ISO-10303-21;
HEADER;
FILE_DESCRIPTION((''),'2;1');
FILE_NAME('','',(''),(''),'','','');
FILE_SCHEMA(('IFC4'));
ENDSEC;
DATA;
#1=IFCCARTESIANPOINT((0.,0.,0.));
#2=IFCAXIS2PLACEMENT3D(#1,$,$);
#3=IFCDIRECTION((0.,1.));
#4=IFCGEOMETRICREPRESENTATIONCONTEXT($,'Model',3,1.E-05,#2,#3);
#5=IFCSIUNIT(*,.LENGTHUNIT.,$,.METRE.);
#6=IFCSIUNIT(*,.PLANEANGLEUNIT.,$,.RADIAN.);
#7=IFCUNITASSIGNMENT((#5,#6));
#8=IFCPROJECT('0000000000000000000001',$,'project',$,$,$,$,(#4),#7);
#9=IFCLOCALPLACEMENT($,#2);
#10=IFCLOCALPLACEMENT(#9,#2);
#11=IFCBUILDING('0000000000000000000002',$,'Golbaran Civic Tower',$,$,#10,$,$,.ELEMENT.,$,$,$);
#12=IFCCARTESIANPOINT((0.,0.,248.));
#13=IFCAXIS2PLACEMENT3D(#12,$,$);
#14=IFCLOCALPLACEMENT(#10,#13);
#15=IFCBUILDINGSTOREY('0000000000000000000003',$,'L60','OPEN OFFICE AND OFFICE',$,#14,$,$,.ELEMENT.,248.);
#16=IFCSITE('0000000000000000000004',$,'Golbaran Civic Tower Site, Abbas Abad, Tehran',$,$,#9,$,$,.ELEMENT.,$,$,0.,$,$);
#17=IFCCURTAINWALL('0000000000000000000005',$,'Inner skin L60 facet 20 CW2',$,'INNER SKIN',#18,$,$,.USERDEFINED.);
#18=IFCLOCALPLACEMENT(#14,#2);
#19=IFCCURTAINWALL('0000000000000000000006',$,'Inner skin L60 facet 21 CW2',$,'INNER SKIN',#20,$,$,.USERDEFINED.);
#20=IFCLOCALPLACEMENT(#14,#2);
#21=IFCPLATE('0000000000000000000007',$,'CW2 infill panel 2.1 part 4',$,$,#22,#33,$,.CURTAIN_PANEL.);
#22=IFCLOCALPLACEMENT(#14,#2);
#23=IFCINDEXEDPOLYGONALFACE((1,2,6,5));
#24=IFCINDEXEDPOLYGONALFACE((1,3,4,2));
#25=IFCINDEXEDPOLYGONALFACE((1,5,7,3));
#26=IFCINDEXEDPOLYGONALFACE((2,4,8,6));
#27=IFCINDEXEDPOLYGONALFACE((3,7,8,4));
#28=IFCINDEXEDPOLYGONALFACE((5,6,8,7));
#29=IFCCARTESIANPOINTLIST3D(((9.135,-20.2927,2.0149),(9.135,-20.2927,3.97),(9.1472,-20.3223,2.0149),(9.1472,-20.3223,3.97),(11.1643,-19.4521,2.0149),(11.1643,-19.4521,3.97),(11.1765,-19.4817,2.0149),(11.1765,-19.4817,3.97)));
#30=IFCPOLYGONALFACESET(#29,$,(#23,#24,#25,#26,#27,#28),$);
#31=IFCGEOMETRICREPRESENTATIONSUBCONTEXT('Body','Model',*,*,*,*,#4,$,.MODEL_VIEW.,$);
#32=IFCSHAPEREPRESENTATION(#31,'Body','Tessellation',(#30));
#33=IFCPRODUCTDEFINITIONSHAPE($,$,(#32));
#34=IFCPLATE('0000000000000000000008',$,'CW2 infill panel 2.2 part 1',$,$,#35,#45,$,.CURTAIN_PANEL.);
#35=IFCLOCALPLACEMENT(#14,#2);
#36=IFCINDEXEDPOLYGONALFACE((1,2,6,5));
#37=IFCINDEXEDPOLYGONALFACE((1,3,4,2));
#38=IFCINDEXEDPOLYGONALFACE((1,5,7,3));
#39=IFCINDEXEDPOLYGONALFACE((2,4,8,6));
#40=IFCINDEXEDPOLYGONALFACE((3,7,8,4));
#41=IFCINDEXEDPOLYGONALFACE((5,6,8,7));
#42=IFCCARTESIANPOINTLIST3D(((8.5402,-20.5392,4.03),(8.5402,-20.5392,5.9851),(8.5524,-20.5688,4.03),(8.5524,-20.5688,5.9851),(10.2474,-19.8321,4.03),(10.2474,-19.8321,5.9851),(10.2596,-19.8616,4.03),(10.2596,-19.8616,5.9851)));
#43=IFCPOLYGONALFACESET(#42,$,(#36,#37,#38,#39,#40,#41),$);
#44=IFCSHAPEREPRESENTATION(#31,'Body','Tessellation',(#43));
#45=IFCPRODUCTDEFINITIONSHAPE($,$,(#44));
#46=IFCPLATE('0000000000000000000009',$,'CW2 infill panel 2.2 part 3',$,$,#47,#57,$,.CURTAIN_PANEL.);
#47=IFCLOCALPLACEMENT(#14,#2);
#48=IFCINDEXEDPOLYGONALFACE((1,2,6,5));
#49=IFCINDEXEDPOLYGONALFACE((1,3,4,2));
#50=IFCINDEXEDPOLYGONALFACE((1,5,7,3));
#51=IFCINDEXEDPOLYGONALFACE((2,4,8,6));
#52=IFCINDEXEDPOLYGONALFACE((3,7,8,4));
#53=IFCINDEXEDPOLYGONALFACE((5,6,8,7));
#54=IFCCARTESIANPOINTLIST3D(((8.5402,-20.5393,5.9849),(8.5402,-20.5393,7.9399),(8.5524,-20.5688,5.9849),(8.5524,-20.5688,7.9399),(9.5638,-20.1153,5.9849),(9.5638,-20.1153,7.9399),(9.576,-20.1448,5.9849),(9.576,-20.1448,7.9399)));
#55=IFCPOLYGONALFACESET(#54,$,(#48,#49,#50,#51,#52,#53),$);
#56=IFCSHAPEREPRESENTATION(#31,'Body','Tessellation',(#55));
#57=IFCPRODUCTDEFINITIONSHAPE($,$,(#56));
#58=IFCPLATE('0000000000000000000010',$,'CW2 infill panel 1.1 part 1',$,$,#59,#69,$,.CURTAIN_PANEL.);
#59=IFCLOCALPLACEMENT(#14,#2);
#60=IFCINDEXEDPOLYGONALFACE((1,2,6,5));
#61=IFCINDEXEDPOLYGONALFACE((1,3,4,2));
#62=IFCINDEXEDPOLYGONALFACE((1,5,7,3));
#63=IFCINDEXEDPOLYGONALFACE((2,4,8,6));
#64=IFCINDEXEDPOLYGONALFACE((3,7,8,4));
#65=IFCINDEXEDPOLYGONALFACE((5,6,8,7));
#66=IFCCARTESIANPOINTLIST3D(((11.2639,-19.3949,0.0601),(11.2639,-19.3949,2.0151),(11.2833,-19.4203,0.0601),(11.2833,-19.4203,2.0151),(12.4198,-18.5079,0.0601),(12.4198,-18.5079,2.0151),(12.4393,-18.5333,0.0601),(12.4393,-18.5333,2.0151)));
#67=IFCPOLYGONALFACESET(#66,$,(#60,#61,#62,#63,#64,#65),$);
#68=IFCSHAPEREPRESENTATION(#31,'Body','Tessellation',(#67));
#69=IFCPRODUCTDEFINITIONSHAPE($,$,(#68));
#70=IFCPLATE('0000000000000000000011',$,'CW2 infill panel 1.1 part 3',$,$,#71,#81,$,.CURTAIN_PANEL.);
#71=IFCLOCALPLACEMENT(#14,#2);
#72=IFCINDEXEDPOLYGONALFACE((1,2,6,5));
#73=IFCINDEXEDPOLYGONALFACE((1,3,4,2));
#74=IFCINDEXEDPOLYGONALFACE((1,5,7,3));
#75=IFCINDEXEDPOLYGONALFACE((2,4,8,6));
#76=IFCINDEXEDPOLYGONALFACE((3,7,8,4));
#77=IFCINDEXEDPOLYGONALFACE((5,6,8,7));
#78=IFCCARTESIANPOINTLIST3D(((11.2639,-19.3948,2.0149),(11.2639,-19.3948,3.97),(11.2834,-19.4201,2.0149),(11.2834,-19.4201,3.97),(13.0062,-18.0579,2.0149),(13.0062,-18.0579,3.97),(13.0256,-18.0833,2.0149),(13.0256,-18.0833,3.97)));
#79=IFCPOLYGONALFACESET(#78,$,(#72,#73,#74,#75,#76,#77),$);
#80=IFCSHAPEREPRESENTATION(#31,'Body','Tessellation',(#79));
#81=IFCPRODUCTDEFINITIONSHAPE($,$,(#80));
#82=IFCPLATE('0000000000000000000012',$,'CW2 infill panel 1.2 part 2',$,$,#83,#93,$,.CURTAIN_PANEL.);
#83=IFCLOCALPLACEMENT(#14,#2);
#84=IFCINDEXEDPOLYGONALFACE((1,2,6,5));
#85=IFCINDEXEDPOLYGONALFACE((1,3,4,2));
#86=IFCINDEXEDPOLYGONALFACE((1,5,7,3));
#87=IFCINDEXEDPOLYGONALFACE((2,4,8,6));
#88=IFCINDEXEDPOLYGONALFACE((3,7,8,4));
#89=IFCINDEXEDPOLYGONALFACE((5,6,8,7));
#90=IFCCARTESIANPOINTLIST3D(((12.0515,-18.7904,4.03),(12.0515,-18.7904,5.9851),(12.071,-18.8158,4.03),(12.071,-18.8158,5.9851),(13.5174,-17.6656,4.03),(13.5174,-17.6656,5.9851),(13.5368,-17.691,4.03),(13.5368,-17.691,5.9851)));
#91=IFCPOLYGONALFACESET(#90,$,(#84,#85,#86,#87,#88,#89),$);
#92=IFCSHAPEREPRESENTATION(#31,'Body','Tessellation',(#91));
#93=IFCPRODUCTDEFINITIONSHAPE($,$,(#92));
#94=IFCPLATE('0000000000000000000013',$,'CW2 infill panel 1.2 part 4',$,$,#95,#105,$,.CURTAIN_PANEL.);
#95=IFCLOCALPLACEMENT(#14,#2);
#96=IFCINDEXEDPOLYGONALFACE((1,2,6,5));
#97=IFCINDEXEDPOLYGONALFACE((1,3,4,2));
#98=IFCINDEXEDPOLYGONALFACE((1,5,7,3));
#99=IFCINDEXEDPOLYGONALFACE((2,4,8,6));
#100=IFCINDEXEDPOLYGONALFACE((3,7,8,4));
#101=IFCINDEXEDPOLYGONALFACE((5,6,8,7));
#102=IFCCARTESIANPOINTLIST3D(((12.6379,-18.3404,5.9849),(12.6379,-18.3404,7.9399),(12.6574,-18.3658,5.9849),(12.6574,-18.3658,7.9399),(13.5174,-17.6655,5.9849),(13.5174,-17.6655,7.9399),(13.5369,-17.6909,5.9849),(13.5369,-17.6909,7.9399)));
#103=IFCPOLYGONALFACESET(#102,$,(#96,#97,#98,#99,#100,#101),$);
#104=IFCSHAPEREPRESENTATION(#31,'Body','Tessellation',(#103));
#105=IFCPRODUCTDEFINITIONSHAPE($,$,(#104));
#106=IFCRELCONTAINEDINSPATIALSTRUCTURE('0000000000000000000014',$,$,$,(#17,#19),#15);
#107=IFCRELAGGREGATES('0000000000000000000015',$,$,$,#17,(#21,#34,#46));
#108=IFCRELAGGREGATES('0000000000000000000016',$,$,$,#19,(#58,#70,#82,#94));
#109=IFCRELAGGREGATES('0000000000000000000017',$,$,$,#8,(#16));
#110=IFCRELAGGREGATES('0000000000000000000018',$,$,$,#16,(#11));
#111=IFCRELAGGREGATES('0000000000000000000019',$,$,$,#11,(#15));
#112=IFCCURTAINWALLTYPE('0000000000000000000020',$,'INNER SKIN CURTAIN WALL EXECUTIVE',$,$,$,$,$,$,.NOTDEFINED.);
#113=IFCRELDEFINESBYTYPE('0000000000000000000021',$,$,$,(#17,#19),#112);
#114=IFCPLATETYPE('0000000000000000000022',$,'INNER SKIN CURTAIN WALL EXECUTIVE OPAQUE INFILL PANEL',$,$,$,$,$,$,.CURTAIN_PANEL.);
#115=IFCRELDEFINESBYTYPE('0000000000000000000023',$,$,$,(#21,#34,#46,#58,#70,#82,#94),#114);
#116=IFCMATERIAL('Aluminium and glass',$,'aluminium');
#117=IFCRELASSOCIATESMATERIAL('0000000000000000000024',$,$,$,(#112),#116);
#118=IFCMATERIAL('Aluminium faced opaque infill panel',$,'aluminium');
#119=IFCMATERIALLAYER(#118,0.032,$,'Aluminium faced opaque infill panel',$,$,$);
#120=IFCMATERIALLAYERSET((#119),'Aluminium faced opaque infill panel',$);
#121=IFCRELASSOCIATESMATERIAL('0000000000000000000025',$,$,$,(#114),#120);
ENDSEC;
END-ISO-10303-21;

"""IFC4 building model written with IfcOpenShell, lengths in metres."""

from ifc_helpers import new_model, si_unit, direction, frame, origin, origin_2d, place, context, subcontext, project, spatial, rectangle, extrude, material, layer, layer_set, type_object, element, aggregate, save


model = new_model("IFC4")

# Units and contexts
model_context = context("Model", 3, precision=1e-05, world=origin(), true_north=direction((0.0, 1.0)))
body_context = subcontext(model_context, "Body", "Model", "MODEL_VIEW")
ifc_project = project(units=[si_unit("LENGTHUNIT", "METRE"), si_unit("PLANEANGLEUNIT", "RADIAN")], contexts=[model_context])

# Site, building, storey
site_placement = place(None, origin())
site = spatial("IfcSite", under=ifc_project, at=site_placement, Name="Golbaran Civic Tower Site, Abbas Abad, Tehran", CompositionType="ELEMENT", RefElevation=0.0)
building_placement = place(site_placement, origin())
building = spatial("IfcBuilding", under=site, at=building_placement, Name="Golbaran Civic Tower", CompositionType="ELEMENT")
storey_placement = place(building_placement, frame((0.0, 0.0, 248.0)))
storey = spatial("IfcBuildingStorey", under=building, at=storey_placement, Name="L60", Description="OPEN OFFICE AND OFFICE", CompositionType="ELEMENT", Elevation=248.0)

# Curtain wall
ifc_material_1 = material(Name="Aluminium and glass", Category="aluminium")
curtain_wall_type = type_object("IfcCurtainWallType", Name="INNER SKIN CURTAIN WALL EXECUTIVE", PredefinedType="NOTDEFINED", material=ifc_material_1)
curtain_wall_1_placement = place(storey_placement, origin())
curtain_wall_1 = element("IfcCurtainWall", 1, at=curtain_wall_1_placement, inside=storey, type_object=curtain_wall_type, Name="Inner skin L60 facet 20 CW2", ObjectType="INNER SKIN", PredefinedType="USERDEFINED")

# Curtain wall
curtain_wall_2_placement = place(storey_placement, origin())
curtain_wall_2 = element("IfcCurtainWall", 2, at=curtain_wall_2_placement, inside=storey, type_object=curtain_wall_type, Name="Inner skin L60 facet 21 CW2", ObjectType="INNER SKIN", PredefinedType="USERDEFINED")

# Plates
ifc_material_2 = material(Name="Aluminium faced opaque infill panel", Category="aluminium")
ifc_layer_1 = layer(ifc_material_2, 0.032, Name="Aluminium faced opaque infill panel")
ifc_layer_set_1 = layer_set([ifc_layer_1], Name="Aluminium faced opaque infill panel")
plate_type_1 = type_object("IfcPlateType", Name="INNER SKIN CURTAIN WALL EXECUTIVE OPAQUE INFILL PANEL", PredefinedType="CURTAIN_PANEL", material=ifc_layer_set_1)
plate_1_placement = place(storey_placement, frame((10.1558, -19.8872, 2.0149), z_axis=(0.0, 0.0, 1.0), x_axis=(0.92388, 0.382683, 0.0)))
plate_1 = element("IfcPlate", 3, at=plate_1_placement, type_object=plate_type_1, Name="CW2 infill panel 2.1 part 4", PredefinedType="CURTAIN_PANEL", context=body_context, shape_type="SweptSolid", body=[
    extrude(rectangle(XDim=2.1965, YDim=0.032, at=origin_2d()), origin(), (0.0, 0.0, 1.0), 1.9551),
])
plate_2_placement = place(storey_placement, frame((9.3999, -20.2004, 4.03), z_axis=(0.0, 0.0, 1.0), x_axis=(0.92388, 0.382683, 0.0)))
plate_2 = element("IfcPlate", 4, at=plate_2_placement, type_object=plate_type_1, Name="CW2 infill panel 2.2 part 1", PredefinedType="CURTAIN_PANEL", context=body_context, shape_type="SweptSolid", body=[
    extrude(rectangle(XDim=1.8479, YDim=0.032, at=origin_2d()), origin(), (0.0, 0.0, 1.0), 1.9551),
])
plate_3_placement = place(storey_placement, frame((9.0581, -20.342, 5.9849), z_axis=(0.0, 0.0, 1.0), x_axis=(0.92388, 0.382683, 0.0)))
plate_3 = element("IfcPlate", 5, at=plate_3_placement, type_object=plate_type_1, Name="CW2 infill panel 2.2 part 3", PredefinedType="CURTAIN_PANEL", context=body_context, shape_type="SweptSolid", body=[
    extrude(rectangle(XDim=1.1079, YDim=0.032, at=origin_2d()), origin(), (0.0, 0.0, 1.0), 1.9551),
])
aggregate(curtain_wall_1, [plate_1, plate_2, plate_3])
plate_4_placement = place(storey_placement, frame((11.8516, -18.9641, 0.0601), z_axis=(0.0, 0.0, 1.0), x_axis=(0.793353, 0.608761, 0.0)))
plate_4 = element("IfcPlate", 6, at=plate_4_placement, type_object=plate_type_1, Name="CW2 infill panel 1.1 part 1", PredefinedType="CURTAIN_PANEL", context=body_context, shape_type="SweptSolid", body=[
    extrude(rectangle(XDim=1.457, YDim=0.032, at=origin_2d()), origin(), (0.0, 0.0, 1.0), 1.9551),
])
plate_5_placement = place(storey_placement, frame((12.1448, -18.739, 2.0149), z_axis=(0.0, 0.0, 1.0), x_axis=(0.793353, 0.608761, 0.0)))
plate_5 = element("IfcPlate", 7, at=plate_5_placement, type_object=plate_type_1, Name="CW2 infill panel 1.1 part 3", PredefinedType="CURTAIN_PANEL", context=body_context, shape_type="SweptSolid", body=[
    extrude(rectangle(XDim=2.196, YDim=0.032, at=origin_2d()), origin(), (0.0, 0.0, 1.0), 1.9551),
])
plate_6_placement = place(storey_placement, frame((12.7942, -18.2407, 4.03), z_axis=(0.0, 0.0, 1.0), x_axis=(0.793353, 0.608761, 0.0)))
plate_6 = element("IfcPlate", 8, at=plate_6_placement, type_object=plate_type_1, Name="CW2 infill panel 1.2 part 2", PredefinedType="CURTAIN_PANEL", context=body_context, shape_type="SweptSolid", body=[
    extrude(rectangle(XDim=1.8477, YDim=0.032, at=origin_2d()), origin(), (0.0, 0.0, 1.0), 1.9551),
])
plate_7_placement = place(storey_placement, frame((13.0874, -18.0156, 5.9849), z_axis=(0.0, 0.0, 1.0), x_axis=(0.793353, 0.608761, 0.0)))
plate_7 = element("IfcPlate", 9, at=plate_7_placement, type_object=plate_type_1, Name="CW2 infill panel 1.2 part 4", PredefinedType="CURTAIN_PANEL", context=body_context, shape_type="SweptSolid", body=[
    extrude(rectangle(XDim=1.1086, YDim=0.032, at=origin_2d()), origin(), (0.0, 0.0, 1.0), 1.9551),
])
aggregate(curtain_wall_2, [plate_4, plate_5, plate_6, plate_7])

save(model, "model.ifc")
